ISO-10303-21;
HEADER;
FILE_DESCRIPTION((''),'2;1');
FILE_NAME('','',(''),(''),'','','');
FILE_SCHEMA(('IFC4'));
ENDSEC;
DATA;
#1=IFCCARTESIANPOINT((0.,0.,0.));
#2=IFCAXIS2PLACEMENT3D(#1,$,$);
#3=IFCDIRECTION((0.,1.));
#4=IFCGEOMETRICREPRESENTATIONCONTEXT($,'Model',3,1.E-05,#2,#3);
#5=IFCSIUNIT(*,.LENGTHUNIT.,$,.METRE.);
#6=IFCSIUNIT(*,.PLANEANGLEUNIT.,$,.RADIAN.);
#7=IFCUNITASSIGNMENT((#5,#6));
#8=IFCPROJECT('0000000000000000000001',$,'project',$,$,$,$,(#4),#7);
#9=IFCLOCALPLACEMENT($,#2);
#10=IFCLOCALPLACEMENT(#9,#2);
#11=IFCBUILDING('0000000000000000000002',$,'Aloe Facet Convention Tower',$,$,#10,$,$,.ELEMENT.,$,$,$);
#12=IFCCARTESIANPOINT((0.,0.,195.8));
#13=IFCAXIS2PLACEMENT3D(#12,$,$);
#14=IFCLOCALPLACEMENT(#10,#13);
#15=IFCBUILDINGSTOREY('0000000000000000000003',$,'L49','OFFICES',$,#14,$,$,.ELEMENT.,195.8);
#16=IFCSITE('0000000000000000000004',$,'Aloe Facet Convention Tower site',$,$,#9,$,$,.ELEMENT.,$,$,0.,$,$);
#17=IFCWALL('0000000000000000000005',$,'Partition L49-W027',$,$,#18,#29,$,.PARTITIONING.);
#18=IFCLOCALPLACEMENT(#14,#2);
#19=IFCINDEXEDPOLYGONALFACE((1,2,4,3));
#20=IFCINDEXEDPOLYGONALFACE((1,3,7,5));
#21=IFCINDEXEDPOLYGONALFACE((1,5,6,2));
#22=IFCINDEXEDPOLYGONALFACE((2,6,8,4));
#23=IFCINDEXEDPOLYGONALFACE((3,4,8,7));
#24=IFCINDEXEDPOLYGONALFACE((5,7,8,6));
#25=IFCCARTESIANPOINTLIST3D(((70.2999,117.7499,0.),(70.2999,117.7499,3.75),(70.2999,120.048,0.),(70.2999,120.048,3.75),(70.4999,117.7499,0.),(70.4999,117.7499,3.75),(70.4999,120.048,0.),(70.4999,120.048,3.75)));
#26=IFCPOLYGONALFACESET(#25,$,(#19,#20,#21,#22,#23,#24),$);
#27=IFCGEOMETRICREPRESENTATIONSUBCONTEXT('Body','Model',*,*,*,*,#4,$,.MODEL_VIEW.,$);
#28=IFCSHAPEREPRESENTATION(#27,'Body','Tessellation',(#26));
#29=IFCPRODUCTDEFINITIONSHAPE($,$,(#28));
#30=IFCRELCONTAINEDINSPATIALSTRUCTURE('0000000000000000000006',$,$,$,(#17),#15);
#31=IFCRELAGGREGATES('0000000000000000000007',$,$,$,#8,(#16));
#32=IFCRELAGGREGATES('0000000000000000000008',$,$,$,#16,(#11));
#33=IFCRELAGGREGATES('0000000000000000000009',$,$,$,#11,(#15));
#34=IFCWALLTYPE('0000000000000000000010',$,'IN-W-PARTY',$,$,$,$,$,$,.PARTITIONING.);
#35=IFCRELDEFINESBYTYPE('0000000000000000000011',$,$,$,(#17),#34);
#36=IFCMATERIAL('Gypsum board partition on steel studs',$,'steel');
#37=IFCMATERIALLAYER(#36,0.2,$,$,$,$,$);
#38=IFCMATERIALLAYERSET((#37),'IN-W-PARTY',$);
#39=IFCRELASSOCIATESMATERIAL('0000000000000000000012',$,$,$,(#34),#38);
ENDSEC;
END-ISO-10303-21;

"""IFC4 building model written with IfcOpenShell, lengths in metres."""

from ifc_helpers import new_model, si_unit, direction, frame, frame_2d, origin, place, context, subcontext, project, spatial, rectangle, extrude, material, layer, layer_set, type_object, element, save


model = new_model("IFC4")

# Units and contexts
model_context = context("Model", 3, precision=1e-05, world=origin(), true_north=direction((0.0, 1.0)))
body_context = subcontext(model_context, "Body", "Model", "MODEL_VIEW")
ifc_project = project(units=[si_unit("LENGTHUNIT", "METRE"), si_unit("PLANEANGLEUNIT", "RADIAN")], contexts=[model_context])

# Site, building, storey
site_placement = place(None, origin())
site = spatial("IfcSite", under=ifc_project, at=site_placement, Name="Aloe Facet Convention Tower site", CompositionType="ELEMENT", RefElevation=0.0)
building_placement = place(site_placement, origin())
building = spatial("IfcBuilding", under=site, at=building_placement, Name="Aloe Facet Convention Tower", CompositionType="ELEMENT")
storey_placement = place(building_placement, frame((0.0, 0.0, 195.8)))
storey = spatial("IfcBuildingStorey", under=building, at=storey_placement, Name="L49", Description="OFFICES", CompositionType="ELEMENT", Elevation=195.8)

# Wall
ifc_material_1 = material(Name="Gypsum board partition on steel studs", Category="steel")
ifc_layer_1 = layer(ifc_material_1, 0.2)
ifc_layer_set_1 = layer_set([ifc_layer_1], Name="IN-W-PARTY")
wall_type_1 = type_object("IfcWallType", Name="IN-W-PARTY", PredefinedType="PARTITIONING", material=ifc_layer_set_1)
wall_1_placement = place(storey_placement, frame((70.3999, 117.75, 0.0), z_axis=(0.0, 0.0, 1.0), x_axis=(0.0, 1.0, 0.0)))
element("IfcWall", 1, at=wall_1_placement, inside=storey, type_object=wall_type_1, Name="Partition L49-W027", PredefinedType="PARTITIONING", context=body_context, shape_type="SweptSolid", body=[
    extrude(rectangle(XDim=2.2981, YDim=0.2, at=frame_2d((1.1489, 0.0))), origin(), (0.0, 0.0, 1.0), 3.75),
])

save(model, "model.ifc")
